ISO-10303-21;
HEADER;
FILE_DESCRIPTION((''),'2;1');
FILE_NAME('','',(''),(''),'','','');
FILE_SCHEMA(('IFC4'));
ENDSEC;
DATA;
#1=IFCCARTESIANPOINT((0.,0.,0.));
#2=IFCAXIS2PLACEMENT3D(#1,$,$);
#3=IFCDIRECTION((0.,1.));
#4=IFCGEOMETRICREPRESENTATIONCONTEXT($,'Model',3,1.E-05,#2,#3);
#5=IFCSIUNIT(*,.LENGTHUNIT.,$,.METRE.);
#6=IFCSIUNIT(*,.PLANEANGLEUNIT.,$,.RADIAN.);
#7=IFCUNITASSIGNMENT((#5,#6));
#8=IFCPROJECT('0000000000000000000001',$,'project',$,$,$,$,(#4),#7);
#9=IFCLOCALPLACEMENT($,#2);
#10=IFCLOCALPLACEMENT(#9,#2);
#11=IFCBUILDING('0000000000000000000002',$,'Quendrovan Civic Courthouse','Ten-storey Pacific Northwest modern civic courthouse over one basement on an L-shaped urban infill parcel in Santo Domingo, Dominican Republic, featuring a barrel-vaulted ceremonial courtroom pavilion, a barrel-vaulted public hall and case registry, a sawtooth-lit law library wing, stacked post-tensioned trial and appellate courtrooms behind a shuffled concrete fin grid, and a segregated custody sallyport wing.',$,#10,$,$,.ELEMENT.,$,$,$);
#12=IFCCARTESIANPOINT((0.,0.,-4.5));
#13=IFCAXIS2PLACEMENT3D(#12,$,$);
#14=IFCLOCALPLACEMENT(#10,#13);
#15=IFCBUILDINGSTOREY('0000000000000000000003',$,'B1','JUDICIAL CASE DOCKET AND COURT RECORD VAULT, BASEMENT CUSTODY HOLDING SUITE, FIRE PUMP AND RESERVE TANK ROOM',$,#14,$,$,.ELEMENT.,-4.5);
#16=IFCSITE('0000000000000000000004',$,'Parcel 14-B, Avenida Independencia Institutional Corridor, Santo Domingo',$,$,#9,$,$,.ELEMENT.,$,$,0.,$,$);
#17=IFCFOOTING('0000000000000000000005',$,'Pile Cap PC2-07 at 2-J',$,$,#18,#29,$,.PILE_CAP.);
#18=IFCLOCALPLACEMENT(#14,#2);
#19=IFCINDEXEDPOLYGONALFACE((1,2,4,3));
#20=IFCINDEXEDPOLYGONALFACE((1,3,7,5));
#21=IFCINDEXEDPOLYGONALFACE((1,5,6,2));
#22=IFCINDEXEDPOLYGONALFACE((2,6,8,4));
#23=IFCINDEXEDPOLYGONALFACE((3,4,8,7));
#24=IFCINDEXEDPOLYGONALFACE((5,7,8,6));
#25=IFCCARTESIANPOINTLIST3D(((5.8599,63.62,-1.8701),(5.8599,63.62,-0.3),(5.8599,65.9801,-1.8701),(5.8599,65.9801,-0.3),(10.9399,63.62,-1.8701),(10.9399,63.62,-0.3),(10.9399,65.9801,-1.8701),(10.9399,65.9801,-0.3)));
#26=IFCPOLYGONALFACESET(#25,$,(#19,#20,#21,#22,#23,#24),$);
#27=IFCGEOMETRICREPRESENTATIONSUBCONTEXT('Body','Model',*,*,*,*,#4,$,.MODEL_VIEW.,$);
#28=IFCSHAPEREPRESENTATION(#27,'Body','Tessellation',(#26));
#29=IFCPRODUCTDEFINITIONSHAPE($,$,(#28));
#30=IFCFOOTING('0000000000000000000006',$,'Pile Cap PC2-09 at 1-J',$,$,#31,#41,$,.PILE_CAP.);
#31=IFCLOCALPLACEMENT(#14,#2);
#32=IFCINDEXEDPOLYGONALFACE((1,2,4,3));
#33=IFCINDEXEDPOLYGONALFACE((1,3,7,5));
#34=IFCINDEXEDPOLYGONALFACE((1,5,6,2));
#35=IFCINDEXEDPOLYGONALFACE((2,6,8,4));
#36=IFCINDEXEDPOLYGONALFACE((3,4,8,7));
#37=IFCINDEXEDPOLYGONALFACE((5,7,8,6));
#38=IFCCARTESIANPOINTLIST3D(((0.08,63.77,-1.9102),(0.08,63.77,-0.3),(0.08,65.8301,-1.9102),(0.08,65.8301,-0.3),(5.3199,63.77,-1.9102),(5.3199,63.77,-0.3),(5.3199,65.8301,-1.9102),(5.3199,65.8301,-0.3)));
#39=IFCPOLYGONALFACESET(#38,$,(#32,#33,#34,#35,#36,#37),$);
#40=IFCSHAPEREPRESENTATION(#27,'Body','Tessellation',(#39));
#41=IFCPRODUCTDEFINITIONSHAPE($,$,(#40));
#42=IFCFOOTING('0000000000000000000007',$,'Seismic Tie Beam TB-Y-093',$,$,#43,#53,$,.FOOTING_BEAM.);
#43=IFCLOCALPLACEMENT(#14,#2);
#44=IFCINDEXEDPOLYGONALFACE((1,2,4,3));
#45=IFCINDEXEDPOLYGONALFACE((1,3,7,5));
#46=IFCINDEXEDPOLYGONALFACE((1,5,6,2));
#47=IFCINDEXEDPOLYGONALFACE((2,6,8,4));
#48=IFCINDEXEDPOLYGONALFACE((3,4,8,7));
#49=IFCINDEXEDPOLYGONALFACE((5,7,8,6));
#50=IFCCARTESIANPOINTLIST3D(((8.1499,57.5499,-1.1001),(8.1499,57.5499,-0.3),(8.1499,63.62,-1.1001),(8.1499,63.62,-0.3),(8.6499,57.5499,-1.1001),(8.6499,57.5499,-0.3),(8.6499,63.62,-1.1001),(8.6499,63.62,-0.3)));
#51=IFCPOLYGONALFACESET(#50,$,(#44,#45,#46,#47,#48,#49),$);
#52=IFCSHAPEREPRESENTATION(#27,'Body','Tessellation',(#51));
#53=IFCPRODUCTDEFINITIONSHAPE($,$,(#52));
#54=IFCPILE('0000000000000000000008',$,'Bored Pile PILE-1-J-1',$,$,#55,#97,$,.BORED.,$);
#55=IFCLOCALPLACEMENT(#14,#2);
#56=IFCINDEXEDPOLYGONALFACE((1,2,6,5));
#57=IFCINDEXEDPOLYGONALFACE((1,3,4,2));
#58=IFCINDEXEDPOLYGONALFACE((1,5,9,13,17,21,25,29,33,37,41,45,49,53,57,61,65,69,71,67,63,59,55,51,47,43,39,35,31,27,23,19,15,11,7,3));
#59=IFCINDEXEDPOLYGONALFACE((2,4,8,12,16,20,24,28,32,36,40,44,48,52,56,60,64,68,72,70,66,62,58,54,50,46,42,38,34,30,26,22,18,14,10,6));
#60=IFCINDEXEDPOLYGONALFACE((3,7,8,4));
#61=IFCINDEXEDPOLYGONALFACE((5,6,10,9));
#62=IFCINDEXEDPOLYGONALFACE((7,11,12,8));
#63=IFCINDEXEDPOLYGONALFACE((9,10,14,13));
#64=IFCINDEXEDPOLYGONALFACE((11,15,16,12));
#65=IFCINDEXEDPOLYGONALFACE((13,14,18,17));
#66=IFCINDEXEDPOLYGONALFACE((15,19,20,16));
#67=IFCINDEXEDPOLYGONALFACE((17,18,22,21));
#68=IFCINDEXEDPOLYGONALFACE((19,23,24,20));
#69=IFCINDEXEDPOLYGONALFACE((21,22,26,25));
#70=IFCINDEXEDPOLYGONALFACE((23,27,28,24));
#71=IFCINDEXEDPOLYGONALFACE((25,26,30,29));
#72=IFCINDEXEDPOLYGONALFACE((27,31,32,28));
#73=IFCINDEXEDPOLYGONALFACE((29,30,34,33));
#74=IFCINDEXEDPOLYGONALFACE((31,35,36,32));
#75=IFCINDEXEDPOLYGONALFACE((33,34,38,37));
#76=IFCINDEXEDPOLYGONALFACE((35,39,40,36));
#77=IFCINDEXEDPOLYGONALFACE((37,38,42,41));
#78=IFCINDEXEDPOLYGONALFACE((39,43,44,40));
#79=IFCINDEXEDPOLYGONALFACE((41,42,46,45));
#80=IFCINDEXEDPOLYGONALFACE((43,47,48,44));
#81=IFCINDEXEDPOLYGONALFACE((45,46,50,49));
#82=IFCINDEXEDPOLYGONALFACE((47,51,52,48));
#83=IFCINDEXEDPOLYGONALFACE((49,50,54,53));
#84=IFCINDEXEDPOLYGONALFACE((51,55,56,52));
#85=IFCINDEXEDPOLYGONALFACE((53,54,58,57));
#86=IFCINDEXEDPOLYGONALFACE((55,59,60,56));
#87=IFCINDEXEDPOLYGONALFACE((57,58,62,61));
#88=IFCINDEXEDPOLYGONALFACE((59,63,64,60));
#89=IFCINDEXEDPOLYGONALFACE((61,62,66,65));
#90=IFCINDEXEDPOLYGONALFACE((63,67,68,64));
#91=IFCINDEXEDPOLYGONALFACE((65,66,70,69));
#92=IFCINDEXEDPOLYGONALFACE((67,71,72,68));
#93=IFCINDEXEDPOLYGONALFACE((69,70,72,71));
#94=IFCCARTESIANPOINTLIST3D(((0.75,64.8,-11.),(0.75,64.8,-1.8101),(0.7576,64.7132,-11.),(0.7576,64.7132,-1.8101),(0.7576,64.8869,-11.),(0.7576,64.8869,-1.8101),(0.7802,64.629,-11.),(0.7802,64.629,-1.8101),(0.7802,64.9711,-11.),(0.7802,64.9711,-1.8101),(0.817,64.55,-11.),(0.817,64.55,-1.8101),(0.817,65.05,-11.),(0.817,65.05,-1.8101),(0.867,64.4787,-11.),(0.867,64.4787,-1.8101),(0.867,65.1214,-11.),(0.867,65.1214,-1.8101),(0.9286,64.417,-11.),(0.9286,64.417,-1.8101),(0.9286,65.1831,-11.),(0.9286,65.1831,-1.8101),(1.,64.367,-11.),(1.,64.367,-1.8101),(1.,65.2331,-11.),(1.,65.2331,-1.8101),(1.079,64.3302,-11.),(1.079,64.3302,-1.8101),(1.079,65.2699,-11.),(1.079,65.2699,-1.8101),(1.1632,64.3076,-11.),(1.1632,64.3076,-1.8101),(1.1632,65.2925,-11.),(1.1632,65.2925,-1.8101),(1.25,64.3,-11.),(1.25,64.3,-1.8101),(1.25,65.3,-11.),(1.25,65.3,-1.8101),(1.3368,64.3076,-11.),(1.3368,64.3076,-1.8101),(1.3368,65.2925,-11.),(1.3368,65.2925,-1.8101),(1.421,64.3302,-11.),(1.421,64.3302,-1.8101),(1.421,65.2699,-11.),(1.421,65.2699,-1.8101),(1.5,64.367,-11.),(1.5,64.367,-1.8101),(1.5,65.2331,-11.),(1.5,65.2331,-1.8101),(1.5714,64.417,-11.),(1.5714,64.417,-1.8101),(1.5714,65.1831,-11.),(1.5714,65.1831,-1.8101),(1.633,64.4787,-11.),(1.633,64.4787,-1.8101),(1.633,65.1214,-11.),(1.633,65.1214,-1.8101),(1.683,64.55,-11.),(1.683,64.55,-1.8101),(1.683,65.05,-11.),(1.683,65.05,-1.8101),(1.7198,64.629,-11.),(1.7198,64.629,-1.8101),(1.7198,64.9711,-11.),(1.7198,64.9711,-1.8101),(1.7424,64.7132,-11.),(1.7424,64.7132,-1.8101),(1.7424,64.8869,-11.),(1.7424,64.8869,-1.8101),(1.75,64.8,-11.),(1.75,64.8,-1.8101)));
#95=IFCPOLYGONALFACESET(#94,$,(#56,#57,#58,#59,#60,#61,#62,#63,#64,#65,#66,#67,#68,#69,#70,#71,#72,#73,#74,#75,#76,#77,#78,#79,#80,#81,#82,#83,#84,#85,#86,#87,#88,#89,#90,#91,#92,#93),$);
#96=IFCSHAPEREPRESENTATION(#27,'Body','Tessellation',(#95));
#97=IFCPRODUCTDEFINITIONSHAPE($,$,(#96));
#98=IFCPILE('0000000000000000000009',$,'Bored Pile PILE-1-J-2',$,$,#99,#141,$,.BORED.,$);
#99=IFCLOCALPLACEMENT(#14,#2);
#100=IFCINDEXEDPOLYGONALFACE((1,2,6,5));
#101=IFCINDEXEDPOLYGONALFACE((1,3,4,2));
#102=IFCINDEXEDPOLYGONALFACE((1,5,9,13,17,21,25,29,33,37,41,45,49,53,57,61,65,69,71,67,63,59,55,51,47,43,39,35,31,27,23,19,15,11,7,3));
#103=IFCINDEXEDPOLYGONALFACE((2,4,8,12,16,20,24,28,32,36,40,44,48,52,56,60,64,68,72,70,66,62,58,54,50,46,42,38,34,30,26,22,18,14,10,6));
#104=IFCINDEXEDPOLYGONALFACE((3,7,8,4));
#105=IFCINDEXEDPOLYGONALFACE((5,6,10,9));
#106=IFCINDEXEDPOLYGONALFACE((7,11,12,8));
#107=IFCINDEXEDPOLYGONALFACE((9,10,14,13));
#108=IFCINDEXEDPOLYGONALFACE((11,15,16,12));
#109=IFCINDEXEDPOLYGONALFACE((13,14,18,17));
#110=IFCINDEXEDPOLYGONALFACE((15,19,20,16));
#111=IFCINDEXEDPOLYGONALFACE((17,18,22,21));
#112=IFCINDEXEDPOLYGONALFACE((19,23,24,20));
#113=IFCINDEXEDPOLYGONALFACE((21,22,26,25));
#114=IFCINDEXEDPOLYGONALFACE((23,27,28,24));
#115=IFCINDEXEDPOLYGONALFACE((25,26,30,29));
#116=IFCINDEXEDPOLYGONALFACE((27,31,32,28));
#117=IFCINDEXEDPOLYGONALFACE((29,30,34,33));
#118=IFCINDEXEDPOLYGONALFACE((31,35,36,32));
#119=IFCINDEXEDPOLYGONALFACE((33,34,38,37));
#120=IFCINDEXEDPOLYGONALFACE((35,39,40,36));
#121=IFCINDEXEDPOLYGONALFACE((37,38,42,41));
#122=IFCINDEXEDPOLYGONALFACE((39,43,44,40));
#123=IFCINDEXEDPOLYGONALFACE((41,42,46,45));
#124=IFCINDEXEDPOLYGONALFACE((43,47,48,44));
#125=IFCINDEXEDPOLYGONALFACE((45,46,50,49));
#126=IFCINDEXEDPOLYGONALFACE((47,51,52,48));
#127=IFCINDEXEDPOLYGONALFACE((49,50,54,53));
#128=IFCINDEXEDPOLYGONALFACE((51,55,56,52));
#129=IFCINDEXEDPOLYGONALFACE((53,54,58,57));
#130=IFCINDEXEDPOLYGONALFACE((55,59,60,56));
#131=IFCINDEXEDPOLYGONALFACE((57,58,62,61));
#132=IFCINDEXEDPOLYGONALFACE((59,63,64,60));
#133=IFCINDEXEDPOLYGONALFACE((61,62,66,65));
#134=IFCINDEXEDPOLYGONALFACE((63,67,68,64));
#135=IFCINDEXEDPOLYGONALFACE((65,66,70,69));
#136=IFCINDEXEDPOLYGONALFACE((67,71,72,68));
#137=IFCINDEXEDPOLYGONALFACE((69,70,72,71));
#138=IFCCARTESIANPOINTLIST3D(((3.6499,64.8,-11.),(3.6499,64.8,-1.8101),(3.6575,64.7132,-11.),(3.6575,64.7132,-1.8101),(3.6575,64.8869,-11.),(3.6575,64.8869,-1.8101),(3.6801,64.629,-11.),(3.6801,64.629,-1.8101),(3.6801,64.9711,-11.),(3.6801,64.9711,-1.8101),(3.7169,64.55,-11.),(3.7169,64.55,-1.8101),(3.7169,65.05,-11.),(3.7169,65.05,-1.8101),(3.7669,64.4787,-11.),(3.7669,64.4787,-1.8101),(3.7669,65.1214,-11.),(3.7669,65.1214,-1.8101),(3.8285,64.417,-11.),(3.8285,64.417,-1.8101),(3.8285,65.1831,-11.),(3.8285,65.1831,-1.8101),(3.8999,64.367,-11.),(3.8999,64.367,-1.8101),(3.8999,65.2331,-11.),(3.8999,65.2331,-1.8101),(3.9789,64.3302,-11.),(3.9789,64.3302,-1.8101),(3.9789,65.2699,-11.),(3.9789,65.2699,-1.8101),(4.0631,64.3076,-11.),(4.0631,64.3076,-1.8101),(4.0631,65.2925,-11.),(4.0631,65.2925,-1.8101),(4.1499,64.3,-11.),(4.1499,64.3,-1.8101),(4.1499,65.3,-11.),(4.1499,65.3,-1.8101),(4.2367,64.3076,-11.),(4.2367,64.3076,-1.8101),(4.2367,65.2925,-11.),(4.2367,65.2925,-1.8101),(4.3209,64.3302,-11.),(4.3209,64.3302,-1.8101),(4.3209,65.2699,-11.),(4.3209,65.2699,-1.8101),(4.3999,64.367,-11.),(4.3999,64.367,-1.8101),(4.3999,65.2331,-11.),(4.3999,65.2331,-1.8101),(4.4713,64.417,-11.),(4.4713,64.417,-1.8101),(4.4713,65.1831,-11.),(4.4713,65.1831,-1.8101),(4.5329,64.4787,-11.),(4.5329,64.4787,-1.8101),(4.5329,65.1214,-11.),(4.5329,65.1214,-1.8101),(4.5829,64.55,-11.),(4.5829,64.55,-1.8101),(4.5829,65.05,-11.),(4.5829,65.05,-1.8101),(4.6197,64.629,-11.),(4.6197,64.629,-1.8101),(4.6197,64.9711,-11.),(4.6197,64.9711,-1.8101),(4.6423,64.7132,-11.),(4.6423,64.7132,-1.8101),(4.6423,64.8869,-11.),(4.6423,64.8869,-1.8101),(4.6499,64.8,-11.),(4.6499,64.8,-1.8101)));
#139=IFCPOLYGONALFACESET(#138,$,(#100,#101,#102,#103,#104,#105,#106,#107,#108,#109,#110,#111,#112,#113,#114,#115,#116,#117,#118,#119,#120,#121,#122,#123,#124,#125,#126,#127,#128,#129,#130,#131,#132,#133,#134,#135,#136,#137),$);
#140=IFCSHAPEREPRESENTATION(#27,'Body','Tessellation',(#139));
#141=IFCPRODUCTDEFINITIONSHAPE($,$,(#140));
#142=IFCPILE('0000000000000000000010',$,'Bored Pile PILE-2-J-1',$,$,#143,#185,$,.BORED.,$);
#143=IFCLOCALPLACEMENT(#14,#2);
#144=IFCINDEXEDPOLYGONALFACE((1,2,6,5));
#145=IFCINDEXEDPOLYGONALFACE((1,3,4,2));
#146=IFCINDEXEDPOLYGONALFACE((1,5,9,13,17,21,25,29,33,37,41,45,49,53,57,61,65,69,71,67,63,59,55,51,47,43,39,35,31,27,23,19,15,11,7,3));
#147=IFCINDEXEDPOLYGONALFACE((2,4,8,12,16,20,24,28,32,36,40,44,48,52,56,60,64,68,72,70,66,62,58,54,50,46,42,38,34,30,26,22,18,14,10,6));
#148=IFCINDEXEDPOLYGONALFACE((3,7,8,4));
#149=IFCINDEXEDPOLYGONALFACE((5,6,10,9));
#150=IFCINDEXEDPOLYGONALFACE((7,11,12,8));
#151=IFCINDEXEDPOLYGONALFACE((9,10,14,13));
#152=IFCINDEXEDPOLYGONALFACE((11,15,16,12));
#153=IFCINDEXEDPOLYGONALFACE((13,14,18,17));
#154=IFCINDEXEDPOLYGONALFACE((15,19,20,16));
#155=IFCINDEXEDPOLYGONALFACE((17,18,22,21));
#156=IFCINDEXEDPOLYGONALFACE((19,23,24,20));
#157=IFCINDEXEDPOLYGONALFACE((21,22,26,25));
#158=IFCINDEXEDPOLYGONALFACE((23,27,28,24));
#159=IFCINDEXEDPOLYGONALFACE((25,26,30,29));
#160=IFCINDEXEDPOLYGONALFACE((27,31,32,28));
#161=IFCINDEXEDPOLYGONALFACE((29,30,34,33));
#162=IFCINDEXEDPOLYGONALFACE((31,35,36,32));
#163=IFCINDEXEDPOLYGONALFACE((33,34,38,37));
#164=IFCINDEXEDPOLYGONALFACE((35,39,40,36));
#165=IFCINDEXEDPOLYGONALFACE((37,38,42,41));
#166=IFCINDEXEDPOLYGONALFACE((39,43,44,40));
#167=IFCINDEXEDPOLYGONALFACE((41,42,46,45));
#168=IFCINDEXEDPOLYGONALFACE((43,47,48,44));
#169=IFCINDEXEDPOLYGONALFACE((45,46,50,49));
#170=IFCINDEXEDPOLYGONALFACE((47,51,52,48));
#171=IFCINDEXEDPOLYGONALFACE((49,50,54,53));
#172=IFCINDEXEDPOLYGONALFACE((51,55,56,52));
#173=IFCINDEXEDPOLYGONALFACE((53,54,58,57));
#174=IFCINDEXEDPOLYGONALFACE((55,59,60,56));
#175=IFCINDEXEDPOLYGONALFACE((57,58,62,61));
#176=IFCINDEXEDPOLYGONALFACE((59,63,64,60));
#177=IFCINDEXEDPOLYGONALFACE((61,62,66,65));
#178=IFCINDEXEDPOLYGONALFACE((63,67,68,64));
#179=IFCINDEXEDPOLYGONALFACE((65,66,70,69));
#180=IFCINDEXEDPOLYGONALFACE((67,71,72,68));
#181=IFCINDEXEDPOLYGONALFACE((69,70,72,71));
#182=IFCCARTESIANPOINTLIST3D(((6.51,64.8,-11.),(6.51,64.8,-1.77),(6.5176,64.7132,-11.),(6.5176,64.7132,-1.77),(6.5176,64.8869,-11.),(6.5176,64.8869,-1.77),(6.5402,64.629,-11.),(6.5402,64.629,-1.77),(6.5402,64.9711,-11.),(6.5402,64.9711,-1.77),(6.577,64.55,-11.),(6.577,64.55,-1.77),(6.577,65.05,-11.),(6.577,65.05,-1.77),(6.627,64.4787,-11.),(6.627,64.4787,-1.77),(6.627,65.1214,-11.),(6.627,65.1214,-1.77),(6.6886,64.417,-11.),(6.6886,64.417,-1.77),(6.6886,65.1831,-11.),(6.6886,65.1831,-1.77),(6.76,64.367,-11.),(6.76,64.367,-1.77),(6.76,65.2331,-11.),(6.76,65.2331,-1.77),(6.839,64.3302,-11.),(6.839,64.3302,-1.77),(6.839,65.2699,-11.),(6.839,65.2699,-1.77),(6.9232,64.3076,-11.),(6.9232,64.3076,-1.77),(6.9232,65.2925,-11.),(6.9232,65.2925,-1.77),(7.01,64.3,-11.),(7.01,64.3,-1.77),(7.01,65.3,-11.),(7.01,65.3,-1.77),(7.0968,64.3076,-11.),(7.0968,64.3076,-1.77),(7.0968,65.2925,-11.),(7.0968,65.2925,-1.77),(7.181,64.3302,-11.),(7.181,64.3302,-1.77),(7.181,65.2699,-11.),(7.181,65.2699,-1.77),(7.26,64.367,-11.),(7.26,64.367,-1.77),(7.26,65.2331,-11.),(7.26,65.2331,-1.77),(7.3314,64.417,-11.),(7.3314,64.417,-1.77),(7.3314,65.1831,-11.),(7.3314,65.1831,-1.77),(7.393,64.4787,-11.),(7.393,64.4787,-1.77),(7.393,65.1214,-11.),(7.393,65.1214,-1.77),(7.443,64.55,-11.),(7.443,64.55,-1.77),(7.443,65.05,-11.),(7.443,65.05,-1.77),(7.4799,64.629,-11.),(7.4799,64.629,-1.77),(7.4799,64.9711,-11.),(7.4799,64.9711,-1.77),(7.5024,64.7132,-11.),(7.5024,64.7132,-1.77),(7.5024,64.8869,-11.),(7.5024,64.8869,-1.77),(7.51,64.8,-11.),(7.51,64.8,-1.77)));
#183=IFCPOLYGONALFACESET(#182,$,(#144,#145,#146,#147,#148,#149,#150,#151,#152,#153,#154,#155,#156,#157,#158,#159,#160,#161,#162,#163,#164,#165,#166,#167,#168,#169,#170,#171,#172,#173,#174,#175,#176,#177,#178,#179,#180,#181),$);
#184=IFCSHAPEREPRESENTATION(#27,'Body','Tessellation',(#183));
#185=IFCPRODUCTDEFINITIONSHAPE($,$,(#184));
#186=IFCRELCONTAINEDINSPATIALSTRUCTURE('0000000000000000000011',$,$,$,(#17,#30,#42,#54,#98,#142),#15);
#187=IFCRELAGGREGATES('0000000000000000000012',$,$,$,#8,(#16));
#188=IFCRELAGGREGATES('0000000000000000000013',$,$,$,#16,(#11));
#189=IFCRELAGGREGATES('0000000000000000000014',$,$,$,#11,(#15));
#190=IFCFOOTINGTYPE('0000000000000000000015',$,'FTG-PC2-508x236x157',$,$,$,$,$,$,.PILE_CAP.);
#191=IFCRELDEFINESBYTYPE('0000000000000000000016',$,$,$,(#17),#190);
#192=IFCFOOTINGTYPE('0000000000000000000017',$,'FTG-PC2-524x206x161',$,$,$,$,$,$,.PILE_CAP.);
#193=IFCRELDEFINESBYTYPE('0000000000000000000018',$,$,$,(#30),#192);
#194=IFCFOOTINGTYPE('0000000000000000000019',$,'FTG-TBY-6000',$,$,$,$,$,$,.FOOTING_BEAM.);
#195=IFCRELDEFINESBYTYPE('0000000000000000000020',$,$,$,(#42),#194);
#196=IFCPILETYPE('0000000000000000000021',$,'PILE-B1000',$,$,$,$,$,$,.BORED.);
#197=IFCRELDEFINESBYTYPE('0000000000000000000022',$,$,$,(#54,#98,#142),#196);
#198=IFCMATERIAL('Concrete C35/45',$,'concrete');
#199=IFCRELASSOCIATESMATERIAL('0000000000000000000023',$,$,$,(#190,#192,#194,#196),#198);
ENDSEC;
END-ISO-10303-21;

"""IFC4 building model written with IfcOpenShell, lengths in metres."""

from ifc_helpers import new_model, si_unit, direction, frame, origin, origin_2d, place, context, subcontext, project, spatial, rectangle, circle, extrude, material, material_profile, profile_set, type_object, element, save


model = new_model("IFC4")

# Units and contexts
model_context = context("Model", 3, precision=1e-05, world=origin(), true_north=direction((0.0, 1.0)))
body_context = subcontext(model_context, "Body", "Model", "MODEL_VIEW")
ifc_project = project(units=[si_unit("LENGTHUNIT", "METRE"), si_unit("PLANEANGLEUNIT", "RADIAN")], contexts=[model_context])

# Site, building, storey
site_placement = place(None, origin())
site = spatial("IfcSite", under=ifc_project, at=site_placement, Name="Parcel 14-B, Avenida Independencia Institutional Corridor, Santo Domingo", CompositionType="ELEMENT", RefElevation=0.0)
building_placement = place(site_placement, origin())
building = spatial("IfcBuilding", under=site, at=building_placement, Name="Quendrovan Civic Courthouse", Description="Ten-storey Pacific Northwest modern civic courthouse over one basement on an L-shaped urban infill parcel in Santo Domingo, Dominican Republic, featuring a barrel-vaulted ceremonial courtroom pavilion, a barrel-vaulted public hall and case registry, a sawtooth-lit law library wing, stacked post-tensioned trial and appellate courtrooms behind a shuffled concrete fin grid, and a segregated custody sallyport wing.", CompositionType="ELEMENT")
storey_placement = place(building_placement, frame((0.0, 0.0, -4.5)))
storey = spatial("IfcBuildingStorey", under=building, at=storey_placement, Name="B1", Description="JUDICIAL CASE DOCKET AND COURT RECORD VAULT, BASEMENT CUSTODY HOLDING SUITE, FIRE PUMP AND RESERVE TANK ROOM", CompositionType="ELEMENT", Elevation=-4.5)

# Footings
ifc_material_1 = material(Name="Concrete C35/45", Category="concrete")
footing_type_1 = type_object("IfcFootingType", Name="FTG-PC2-508x236x157", PredefinedType="PILE_CAP", material=ifc_material_1)
footing_1_placement = place(storey_placement, frame((8.3999, 64.8, -1.8701), z_axis=(0.0, 0.0, 1.0), x_axis=(1.0, 0.0, 0.0)))
element("IfcFooting", 1, at=footing_1_placement, inside=storey, type_object=footing_type_1, Name="Pile Cap PC2-07 at 2-J", PredefinedType="PILE_CAP", context=body_context, shape_type="SweptSolid", body=[
    extrude(rectangle(XDim=5.0801, YDim=2.3601, at=origin_2d()), origin(), (0.0, 0.0, 1.0), 1.5701),
])
footing_type_2 = type_object("IfcFootingType", Name="FTG-PC2-524x206x161", PredefinedType="PILE_CAP", material=ifc_material_1)
footing_2_placement = place(storey_placement, frame((2.7, 64.8, -1.9102), z_axis=(0.0, 0.0, 1.0), x_axis=(1.0, 0.0, 0.0)))
element("IfcFooting", 2, at=footing_2_placement, inside=storey, type_object=footing_type_2, Name="Pile Cap PC2-09 at 1-J", PredefinedType="PILE_CAP", context=body_context, shape_type="SweptSolid", body=[
    extrude(rectangle(XDim=5.24, YDim=2.0601, at=origin_2d()), origin(), (0.0, 0.0, 1.0), 1.6101),
])
footing_type_3 = type_object("IfcFootingType", Name="FTG-TBY-6000", PredefinedType="FOOTING_BEAM", material=ifc_material_1)
footing_3_placement = place(storey_placement, frame((8.3999, 60.585, -1.1001), z_axis=(0.0, 0.0, 1.0), x_axis=(1.0, 0.0, 0.0)))
element("IfcFooting", 3, at=footing_3_placement, inside=storey, type_object=footing_type_3, Name="Seismic Tie Beam TB-Y-093", PredefinedType="FOOTING_BEAM", context=body_context, shape_type="SweptSolid", body=[
    extrude(rectangle(XDim=0.5, YDim=6.0701, at=origin_2d()), origin(), (0.0, 0.0, 1.0), 0.8),
])

# Piles
ifc_material_profile_1 = material_profile(ifc_material_1, circle(Radius=0.5, at=origin_2d()), Name="PILE-D1000")
ifc_profile_set_1 = profile_set([ifc_material_profile_1], Name="Concrete C35/45")
pile_type = type_object("IfcPileType", Name="PILE-B1000", PredefinedType="BORED", material=ifc_profile_set_1)
for number, where, z_axis, x_axis, name in (
    (4, (1.25, 64.8, -1.8101), (0.0, 0.0, -1.0), (1.0, 0.0, 0.0), "Bored Pile PILE-1-J-1"),
    (5, (4.1499, 64.8, -1.8101), (0.0, 0.0, -1.0), (1.0, 0.0, 0.0), "Bored Pile PILE-1-J-2"),
):
    element("IfcPile", number, at=place(storey_placement, frame(where, z_axis=z_axis, x_axis=x_axis)), inside=storey, type_object=pile_type, Name=name, PredefinedType="BORED", context=body_context, shape_type="SweptSolid", body=[
        extrude(circle(Radius=0.5, at=origin_2d()), origin(), (0.0, 0.0, 1.0), 9.1899),
    ])
for number, where, z_axis, x_axis, name in (
    (6, (7.01, 64.8, -1.77), (0.0, 0.0, -1.0), (1.0, 0.0, 0.0), "Bored Pile PILE-2-J-1"),
):
    element("IfcPile", number, at=place(storey_placement, frame(where, z_axis=z_axis, x_axis=x_axis)), inside=storey, type_object=pile_type, Name=name, PredefinedType="BORED", context=body_context, shape_type="SweptSolid", body=[
        extrude(circle(Radius=0.5, at=origin_2d()), origin(), (0.0, 0.0, 1.0), 9.23),
    ])

save(model, "model.ifc")
